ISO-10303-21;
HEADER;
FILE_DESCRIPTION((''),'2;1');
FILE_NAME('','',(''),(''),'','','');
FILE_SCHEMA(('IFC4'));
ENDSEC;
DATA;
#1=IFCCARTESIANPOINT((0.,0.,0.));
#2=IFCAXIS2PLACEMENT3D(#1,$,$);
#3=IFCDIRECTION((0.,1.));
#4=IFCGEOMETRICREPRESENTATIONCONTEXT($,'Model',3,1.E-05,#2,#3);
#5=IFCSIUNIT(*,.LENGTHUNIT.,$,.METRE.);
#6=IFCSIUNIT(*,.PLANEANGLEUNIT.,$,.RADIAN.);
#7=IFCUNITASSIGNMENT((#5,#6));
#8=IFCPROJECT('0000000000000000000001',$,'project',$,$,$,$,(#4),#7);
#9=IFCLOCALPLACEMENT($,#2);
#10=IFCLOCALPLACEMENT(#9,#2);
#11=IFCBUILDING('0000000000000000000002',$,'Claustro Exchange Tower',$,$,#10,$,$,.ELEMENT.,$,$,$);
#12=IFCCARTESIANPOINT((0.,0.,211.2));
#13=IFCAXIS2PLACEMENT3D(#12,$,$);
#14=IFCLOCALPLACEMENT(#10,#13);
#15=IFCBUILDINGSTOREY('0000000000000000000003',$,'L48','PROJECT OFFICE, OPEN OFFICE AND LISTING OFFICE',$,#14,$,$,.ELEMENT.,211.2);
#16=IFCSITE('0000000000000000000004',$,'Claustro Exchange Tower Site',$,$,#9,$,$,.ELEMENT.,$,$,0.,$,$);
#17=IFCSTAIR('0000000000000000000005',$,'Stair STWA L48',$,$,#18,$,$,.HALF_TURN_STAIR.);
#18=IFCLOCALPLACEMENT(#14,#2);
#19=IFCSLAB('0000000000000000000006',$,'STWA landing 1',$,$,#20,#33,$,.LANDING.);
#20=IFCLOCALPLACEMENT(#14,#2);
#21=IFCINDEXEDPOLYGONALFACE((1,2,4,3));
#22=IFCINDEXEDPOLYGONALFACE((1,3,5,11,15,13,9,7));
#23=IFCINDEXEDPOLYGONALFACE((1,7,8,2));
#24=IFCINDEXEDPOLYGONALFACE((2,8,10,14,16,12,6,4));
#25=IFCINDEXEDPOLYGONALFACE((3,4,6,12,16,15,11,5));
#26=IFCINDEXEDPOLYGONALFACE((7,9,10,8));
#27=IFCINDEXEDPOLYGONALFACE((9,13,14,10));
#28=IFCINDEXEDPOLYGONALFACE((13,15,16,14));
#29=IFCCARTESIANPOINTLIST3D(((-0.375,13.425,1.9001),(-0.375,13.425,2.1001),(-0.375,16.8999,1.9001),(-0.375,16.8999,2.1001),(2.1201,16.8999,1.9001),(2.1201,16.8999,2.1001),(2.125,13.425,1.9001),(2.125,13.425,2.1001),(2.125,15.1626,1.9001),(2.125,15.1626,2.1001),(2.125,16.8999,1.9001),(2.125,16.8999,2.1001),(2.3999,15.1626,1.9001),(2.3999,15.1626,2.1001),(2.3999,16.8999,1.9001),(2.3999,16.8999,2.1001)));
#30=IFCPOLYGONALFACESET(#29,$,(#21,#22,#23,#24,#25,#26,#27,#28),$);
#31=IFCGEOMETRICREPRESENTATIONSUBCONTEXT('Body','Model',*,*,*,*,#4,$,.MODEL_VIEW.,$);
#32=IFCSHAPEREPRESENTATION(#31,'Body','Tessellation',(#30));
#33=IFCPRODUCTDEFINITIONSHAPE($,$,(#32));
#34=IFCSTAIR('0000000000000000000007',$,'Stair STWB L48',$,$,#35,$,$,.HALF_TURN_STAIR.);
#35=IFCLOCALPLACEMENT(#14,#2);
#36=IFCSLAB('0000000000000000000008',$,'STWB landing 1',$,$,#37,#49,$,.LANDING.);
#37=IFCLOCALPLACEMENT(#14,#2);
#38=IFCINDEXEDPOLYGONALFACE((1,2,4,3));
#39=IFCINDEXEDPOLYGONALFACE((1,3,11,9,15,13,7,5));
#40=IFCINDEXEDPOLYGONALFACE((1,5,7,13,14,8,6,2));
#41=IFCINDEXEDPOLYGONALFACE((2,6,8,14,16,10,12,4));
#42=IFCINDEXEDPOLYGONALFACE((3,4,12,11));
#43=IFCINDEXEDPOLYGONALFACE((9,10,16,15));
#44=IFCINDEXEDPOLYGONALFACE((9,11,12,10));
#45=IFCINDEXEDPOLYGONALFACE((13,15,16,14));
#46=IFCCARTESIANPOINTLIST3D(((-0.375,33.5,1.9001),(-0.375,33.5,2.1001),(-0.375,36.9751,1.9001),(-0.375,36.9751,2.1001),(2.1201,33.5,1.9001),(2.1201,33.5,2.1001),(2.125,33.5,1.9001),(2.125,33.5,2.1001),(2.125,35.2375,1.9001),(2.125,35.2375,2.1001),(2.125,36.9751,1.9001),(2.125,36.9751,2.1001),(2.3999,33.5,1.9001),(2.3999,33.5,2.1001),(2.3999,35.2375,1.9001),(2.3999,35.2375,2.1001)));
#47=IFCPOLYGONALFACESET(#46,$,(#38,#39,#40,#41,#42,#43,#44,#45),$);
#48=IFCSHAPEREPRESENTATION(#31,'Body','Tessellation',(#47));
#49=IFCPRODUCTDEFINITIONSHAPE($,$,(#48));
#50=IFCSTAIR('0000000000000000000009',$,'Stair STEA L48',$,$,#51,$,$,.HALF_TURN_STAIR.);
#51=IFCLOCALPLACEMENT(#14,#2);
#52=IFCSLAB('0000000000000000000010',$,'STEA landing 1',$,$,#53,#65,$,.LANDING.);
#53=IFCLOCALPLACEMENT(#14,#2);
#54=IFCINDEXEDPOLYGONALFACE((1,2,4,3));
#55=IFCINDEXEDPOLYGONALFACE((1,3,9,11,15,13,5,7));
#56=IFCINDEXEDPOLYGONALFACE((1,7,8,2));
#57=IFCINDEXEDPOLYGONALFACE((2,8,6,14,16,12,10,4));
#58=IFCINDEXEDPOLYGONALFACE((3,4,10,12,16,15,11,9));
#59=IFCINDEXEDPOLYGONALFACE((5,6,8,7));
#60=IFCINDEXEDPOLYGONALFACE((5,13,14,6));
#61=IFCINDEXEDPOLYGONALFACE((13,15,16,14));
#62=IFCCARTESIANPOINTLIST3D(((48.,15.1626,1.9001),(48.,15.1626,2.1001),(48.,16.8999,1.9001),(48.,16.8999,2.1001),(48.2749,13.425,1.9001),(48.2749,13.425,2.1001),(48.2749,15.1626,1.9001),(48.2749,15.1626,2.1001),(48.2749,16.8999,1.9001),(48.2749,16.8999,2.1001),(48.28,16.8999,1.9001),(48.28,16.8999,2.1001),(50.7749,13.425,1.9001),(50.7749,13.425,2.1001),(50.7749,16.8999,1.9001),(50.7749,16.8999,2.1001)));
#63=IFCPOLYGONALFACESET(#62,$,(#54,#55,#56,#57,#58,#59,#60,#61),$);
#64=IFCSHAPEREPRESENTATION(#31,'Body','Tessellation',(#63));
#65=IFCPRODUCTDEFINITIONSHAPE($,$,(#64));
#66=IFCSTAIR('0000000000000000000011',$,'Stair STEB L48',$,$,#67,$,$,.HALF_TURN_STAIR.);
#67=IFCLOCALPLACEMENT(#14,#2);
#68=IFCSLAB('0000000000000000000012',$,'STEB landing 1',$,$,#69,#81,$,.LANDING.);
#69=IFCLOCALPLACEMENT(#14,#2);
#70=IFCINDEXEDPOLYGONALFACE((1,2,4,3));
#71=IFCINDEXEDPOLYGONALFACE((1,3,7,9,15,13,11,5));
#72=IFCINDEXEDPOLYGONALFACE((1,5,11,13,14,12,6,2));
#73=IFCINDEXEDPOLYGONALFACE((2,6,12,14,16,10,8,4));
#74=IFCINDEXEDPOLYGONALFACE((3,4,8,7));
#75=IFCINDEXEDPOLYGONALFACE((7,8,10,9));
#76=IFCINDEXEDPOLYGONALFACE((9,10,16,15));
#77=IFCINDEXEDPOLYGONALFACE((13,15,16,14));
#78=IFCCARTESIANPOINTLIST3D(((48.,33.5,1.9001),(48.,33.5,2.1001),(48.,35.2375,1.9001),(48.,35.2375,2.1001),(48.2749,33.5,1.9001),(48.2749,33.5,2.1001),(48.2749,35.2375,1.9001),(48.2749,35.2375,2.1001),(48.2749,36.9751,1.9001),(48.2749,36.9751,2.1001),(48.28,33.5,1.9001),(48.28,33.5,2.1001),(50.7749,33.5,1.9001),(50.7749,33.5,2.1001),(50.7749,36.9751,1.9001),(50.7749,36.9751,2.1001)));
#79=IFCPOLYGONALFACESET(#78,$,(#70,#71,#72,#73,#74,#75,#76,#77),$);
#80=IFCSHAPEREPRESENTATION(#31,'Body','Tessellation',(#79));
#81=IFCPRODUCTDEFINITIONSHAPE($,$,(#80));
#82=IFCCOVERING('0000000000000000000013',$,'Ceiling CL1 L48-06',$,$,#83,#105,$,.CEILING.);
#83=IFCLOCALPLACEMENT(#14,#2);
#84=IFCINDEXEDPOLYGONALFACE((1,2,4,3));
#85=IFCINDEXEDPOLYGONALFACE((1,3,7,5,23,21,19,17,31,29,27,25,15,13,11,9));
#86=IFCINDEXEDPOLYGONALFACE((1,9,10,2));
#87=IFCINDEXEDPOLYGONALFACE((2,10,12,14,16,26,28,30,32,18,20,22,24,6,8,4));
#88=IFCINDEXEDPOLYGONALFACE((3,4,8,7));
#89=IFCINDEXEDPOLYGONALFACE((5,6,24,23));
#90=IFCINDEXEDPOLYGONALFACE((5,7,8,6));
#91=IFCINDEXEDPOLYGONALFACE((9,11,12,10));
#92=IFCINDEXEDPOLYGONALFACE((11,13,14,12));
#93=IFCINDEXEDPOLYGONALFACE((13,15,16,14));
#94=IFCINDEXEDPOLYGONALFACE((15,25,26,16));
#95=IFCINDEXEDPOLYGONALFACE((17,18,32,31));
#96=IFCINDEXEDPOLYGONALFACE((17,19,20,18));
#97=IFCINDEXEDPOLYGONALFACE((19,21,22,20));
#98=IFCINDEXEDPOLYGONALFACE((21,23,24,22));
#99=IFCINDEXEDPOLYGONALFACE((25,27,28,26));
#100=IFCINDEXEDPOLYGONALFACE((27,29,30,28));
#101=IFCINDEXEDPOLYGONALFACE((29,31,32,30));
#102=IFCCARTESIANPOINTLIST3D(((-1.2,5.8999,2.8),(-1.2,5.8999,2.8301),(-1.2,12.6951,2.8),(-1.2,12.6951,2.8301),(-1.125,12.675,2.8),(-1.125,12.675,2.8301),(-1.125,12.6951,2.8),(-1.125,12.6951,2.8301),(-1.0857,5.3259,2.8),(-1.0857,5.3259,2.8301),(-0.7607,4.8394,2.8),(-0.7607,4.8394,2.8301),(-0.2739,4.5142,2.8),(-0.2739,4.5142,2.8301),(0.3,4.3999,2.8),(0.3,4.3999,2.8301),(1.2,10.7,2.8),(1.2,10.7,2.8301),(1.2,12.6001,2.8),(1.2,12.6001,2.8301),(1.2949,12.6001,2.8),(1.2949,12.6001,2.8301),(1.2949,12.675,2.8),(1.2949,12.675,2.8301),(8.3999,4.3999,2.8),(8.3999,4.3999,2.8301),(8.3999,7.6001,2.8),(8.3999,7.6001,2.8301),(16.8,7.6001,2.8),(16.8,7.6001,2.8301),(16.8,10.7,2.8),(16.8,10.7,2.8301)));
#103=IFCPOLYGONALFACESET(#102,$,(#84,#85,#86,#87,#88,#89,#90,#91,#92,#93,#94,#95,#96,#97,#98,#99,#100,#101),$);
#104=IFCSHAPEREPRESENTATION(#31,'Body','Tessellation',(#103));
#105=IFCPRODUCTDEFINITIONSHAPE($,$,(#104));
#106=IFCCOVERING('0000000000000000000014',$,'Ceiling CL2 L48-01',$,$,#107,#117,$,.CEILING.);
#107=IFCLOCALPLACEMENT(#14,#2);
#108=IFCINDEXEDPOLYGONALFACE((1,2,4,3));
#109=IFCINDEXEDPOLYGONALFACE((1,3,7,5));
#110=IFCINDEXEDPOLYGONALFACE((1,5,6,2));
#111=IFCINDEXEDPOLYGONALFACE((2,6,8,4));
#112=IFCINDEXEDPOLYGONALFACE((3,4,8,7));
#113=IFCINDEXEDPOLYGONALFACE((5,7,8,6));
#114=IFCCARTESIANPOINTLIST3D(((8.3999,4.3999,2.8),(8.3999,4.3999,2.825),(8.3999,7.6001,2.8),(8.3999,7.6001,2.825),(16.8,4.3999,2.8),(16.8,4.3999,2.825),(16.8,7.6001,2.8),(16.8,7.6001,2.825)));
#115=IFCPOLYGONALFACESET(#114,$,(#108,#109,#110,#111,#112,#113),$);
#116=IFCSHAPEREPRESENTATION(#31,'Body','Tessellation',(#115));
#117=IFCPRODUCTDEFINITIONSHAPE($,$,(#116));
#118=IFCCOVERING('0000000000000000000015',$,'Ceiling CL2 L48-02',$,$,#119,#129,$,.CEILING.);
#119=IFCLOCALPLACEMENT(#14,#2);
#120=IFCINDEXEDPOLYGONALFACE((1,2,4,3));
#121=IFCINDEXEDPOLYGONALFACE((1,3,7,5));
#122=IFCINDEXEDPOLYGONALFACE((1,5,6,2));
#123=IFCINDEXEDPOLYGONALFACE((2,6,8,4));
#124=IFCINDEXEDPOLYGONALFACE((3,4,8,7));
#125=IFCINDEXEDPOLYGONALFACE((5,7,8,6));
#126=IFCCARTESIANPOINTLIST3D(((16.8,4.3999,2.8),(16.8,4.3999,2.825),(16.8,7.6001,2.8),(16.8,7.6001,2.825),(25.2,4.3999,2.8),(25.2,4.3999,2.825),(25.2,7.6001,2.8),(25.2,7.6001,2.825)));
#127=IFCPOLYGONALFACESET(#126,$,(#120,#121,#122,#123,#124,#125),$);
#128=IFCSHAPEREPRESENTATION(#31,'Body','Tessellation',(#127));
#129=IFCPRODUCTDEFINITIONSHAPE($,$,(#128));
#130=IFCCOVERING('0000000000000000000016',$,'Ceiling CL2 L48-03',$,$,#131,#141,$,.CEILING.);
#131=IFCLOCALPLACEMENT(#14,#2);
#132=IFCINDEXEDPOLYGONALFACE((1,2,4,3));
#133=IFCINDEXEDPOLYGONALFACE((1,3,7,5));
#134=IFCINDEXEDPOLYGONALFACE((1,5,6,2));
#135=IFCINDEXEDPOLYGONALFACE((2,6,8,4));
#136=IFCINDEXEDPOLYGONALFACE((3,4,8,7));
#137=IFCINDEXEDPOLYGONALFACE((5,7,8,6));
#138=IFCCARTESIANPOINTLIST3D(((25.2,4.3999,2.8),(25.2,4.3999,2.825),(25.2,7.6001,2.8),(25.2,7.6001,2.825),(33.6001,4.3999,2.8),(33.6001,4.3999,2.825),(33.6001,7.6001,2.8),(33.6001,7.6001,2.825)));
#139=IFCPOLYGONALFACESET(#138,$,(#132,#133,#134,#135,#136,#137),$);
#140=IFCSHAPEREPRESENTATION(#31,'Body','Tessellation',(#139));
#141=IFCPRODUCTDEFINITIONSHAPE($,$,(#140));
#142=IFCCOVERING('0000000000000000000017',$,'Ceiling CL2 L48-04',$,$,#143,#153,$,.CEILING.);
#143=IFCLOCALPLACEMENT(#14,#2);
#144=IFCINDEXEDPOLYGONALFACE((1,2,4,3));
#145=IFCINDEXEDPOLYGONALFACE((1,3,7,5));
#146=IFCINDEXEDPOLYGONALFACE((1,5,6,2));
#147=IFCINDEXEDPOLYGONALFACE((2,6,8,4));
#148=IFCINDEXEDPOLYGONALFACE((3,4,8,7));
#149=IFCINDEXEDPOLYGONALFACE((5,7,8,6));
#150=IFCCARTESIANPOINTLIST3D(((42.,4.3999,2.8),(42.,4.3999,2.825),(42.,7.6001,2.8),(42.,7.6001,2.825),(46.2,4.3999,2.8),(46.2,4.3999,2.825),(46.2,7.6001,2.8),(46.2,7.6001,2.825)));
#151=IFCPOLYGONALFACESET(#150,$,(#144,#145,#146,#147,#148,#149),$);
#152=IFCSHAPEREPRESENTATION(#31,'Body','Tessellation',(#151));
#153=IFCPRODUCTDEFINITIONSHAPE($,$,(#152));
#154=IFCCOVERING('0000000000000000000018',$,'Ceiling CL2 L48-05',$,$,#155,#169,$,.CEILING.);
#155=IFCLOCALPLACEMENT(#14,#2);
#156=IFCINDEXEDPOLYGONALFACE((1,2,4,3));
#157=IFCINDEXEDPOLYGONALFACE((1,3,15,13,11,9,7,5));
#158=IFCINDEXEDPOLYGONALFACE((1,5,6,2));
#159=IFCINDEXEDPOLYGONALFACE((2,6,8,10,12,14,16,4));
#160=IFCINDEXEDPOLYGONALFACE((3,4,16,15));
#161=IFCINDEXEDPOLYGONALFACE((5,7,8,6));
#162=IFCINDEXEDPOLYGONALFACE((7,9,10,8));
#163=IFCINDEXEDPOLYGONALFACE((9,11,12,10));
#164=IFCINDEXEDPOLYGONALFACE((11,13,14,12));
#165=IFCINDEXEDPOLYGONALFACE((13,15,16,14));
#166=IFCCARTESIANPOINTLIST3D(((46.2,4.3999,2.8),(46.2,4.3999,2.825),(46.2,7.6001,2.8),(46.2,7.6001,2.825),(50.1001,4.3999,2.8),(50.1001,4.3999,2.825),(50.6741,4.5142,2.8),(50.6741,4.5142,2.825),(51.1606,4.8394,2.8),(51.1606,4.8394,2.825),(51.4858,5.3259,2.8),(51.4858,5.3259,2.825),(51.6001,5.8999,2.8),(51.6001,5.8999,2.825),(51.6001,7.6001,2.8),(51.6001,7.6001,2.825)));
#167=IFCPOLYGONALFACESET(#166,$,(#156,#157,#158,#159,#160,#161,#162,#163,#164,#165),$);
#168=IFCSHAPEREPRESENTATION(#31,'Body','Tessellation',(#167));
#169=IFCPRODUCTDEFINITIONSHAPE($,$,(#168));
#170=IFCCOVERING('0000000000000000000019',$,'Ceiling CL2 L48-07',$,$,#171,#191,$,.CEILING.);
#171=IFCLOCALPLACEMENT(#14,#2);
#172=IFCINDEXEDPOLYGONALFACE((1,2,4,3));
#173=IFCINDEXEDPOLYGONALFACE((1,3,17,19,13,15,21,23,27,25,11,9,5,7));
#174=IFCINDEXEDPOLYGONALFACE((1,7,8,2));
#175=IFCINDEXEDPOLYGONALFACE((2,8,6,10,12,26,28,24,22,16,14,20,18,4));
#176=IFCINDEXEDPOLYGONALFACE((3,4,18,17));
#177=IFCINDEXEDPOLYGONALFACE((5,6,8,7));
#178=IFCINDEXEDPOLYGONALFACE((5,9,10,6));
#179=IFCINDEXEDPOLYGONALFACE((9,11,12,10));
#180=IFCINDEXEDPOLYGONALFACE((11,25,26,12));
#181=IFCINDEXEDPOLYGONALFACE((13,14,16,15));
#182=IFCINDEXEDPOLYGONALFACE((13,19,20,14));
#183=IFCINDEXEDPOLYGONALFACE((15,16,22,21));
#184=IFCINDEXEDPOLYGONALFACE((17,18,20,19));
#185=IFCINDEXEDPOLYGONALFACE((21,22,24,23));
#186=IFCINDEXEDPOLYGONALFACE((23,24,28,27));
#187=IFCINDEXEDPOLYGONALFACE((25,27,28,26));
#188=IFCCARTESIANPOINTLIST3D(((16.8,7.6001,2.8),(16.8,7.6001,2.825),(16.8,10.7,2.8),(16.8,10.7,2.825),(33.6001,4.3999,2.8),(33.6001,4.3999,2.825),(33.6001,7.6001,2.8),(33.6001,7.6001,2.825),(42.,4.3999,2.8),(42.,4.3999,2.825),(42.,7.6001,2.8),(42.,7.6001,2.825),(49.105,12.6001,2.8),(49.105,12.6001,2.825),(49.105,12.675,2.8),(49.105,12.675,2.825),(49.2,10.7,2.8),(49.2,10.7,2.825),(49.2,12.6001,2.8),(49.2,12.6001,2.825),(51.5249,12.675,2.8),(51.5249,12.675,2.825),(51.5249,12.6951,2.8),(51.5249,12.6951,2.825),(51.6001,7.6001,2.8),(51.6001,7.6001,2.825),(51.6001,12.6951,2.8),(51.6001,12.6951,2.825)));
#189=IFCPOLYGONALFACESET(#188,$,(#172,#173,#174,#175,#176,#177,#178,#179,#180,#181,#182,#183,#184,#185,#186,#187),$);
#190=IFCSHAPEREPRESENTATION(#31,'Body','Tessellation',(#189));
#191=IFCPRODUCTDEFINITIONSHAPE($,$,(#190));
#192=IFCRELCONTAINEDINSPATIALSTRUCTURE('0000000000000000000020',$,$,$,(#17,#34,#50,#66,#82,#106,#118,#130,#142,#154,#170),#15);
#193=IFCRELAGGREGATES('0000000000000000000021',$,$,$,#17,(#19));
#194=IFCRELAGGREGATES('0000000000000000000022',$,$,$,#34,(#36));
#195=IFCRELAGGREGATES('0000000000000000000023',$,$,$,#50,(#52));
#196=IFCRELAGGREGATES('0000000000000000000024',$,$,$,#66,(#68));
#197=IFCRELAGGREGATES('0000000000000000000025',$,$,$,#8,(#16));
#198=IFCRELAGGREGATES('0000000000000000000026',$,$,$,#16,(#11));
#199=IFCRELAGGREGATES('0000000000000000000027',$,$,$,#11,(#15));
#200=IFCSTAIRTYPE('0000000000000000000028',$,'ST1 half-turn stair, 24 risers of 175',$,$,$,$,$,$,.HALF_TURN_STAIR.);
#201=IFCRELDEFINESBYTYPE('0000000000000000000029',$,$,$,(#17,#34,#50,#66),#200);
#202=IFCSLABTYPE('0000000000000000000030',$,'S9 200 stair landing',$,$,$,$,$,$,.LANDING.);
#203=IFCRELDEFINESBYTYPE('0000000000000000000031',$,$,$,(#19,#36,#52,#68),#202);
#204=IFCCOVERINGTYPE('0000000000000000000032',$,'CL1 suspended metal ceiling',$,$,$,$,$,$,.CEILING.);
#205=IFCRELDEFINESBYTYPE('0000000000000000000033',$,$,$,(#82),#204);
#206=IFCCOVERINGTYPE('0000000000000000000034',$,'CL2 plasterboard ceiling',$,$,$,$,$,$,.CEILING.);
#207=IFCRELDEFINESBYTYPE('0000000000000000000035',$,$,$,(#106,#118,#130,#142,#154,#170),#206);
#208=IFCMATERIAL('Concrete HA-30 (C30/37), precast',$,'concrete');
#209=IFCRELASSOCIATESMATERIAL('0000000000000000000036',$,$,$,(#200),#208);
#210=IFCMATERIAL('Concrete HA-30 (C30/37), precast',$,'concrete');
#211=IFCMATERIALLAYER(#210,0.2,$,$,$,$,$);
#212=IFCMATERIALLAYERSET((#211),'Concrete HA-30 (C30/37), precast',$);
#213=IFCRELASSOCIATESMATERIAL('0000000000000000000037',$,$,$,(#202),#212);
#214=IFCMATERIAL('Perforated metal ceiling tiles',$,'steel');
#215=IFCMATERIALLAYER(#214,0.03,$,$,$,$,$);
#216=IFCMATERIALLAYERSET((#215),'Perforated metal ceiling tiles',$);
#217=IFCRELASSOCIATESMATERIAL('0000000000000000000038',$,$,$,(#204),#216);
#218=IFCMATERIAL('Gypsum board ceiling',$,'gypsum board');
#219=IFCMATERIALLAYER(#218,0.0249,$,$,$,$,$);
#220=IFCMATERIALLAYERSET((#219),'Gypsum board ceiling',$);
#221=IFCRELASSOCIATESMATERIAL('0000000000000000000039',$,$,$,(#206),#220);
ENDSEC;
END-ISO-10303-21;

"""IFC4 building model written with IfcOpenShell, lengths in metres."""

from ifc_helpers import new_model, si_unit, direction, frame, origin, place, context, subcontext, project, spatial, polyline, outline, extrude, material, layer, layer_set, type_object, element, aggregate, save


model = new_model("IFC4")

# Units and contexts
model_context = context("Model", 3, precision=1e-05, world=origin(), true_north=direction((0.0, 1.0)))
body_context = subcontext(model_context, "Body", "Model", "MODEL_VIEW")
ifc_project = project(units=[si_unit("LENGTHUNIT", "METRE"), si_unit("PLANEANGLEUNIT", "RADIAN")], contexts=[model_context])

# Site, building, storey
site_placement = place(None, origin())
site = spatial("IfcSite", under=ifc_project, at=site_placement, Name="Claustro Exchange Tower Site", CompositionType="ELEMENT", RefElevation=0.0)
building_placement = place(site_placement, origin())
building = spatial("IfcBuilding", under=site, at=building_placement, Name="Claustro Exchange Tower", CompositionType="ELEMENT")
storey_placement = place(building_placement, frame((0.0, 0.0, 211.2)))
storey = spatial("IfcBuildingStorey", under=building, at=storey_placement, Name="L48", Description="PROJECT OFFICE, OPEN OFFICE AND LISTING OFFICE", CompositionType="ELEMENT", Elevation=211.2)

# Stairs, slabs
ifc_material_1 = material(Name="Concrete HA-30 (C30/37), precast", Category="concrete")
stair_type = type_object("IfcStairType", Name="ST1 half-turn stair, 24 risers of 175", PredefinedType="HALF_TURN_STAIR", material=ifc_material_1)
stair_1_placement = place(storey_placement, origin())
stair_1 = element("IfcStair", 1, at=stair_1_placement, inside=storey, type_object=stair_type, Name="Stair STWA L48", PredefinedType="HALF_TURN_STAIR")
ifc_material_2 = material(Name="Concrete HA-30 (C30/37), precast", Category="concrete")
ifc_layer_1 = layer(ifc_material_2, 0.2)
ifc_layer_set_1 = layer_set([ifc_layer_1], Name="Concrete HA-30 (C30/37), precast")
slab_type_1 = type_object("IfcSlabType", Name="S9 200 stair landing", PredefinedType="LANDING", material=ifc_layer_set_1)
slab_1_placement = place(storey_placement, frame((0.0, 0.0, 1.9001)))
slab_1 = element("IfcSlab", 2, at=slab_1_placement, type_object=slab_type_1, Name="STWA landing 1", PredefinedType="LANDING", context=body_context, shape_type="SweptSolid", body=[
    extrude(outline(polyline([(2.125, 13.425), (-0.375, 13.425), (-0.375, 16.8999), (2.1201, 16.8999), (2.125, 16.8999), (2.3999, 16.8999), (2.3999, 15.1626), (2.125, 15.1626), (2.125, 13.425)])), origin(), (0.0, 0.0, 1.0), 0.2),
])
aggregate(stair_1, [slab_1])
stair_2_placement = place(storey_placement, origin())
stair_2 = element("IfcStair", 3, at=stair_2_placement, inside=storey, type_object=stair_type, Name="Stair STWB L48", PredefinedType="HALF_TURN_STAIR")
slab_2_placement = place(storey_placement, frame((0.0, 0.0, 1.9001)))
slab_2 = element("IfcSlab", 4, at=slab_2_placement, type_object=slab_type_1, Name="STWB landing 1", PredefinedType="LANDING", context=body_context, shape_type="SweptSolid", body=[
    extrude(outline(polyline([(2.3999, 35.2375), (2.3999, 33.5), (2.125, 33.5), (2.1201, 33.5), (-0.375, 33.5), (-0.375, 36.9751), (2.125, 36.9751), (2.125, 35.2375), (2.3999, 35.2375)])), origin(), (0.0, 0.0, 1.0), 0.2),
])
aggregate(stair_2, [slab_2])
stair_3_placement = place(storey_placement, origin())
stair_3 = element("IfcStair", 5, at=stair_3_placement, inside=storey, type_object=stair_type, Name="Stair STEA L48", PredefinedType="HALF_TURN_STAIR")
slab_3_placement = place(storey_placement, frame((0.0, 0.0, 1.9001)))
slab_3 = element("IfcSlab", 6, at=slab_3_placement, type_object=slab_type_1, Name="STEA landing 1", PredefinedType="LANDING", context=body_context, shape_type="SweptSolid", body=[
    extrude(outline(polyline([(50.7749, 16.8999), (50.7749, 13.425), (48.2749, 13.425), (48.2749, 15.1626), (48.0, 15.1626), (48.0, 16.8999), (48.2749, 16.8999), (48.28, 16.8999), (50.7749, 16.8999)])), origin(), (0.0, 0.0, 1.0), 0.2),
])
aggregate(stair_3, [slab_3])
stair_4_placement = place(storey_placement, origin())
stair_4 = element("IfcStair", 7, at=stair_4_placement, inside=storey, type_object=stair_type, Name="Stair STEB L48", PredefinedType="HALF_TURN_STAIR")
slab_4_placement = place(storey_placement, frame((0.0, 0.0, 1.9001)))
slab_4 = element("IfcSlab", 8, at=slab_4_placement, type_object=slab_type_1, Name="STEB landing 1", PredefinedType="LANDING", context=body_context, shape_type="SweptSolid", body=[
    extrude(outline(polyline([(48.0, 33.5), (48.0, 35.2375), (48.2749, 35.2375), (48.2749, 36.9751), (50.7749, 36.9751), (50.7749, 33.5), (48.28, 33.5), (48.2749, 33.5), (48.0, 33.5)])), origin(), (0.0, 0.0, 1.0), 0.2),
])
aggregate(stair_4, [slab_4])

# Coverings
ifc_material_3 = material(Name="Perforated metal ceiling tiles", Category="steel")
ifc_layer_2 = layer(ifc_material_3, 0.03)
ifc_layer_set_2 = layer_set([ifc_layer_2], Name="Perforated metal ceiling tiles")
covering_type_1 = type_object("IfcCoveringType", Name="CL1 suspended metal ceiling", PredefinedType="CEILING", material=ifc_layer_set_2)
covering_1_placement = place(storey_placement, frame((0.0, 0.0, 2.8)))
element("IfcCovering", 9, at=covering_1_placement, inside=storey, type_object=covering_type_1, Name="Ceiling CL1 L48-06", PredefinedType="CEILING", context=body_context, shape_type="SweptSolid", body=[
    extrude(outline(polyline([(-1.2, 12.6951), (-1.2, 5.8999), (-1.0857, 5.3259), (-0.7607, 4.8394), (-0.2739, 4.5142), (0.3, 4.3999), (8.3999, 4.3999), (8.3999, 7.6001), (16.8, 7.6001), (16.8, 10.7), (1.2, 10.7), (1.2, 12.6001), (1.2949, 12.6001), (1.2949, 12.675), (-1.125, 12.675), (-1.125, 12.6951), (-1.2, 12.6951)])), origin(), (0.0, 0.0, 1.0), 0.03),
])
ifc_material_4 = material(Name="Gypsum board ceiling", Category="gypsum board")
ifc_layer_3 = layer(ifc_material_4, 0.0249)
ifc_layer_set_3 = layer_set([ifc_layer_3], Name="Gypsum board ceiling")
covering_type_2 = type_object("IfcCoveringType", Name="CL2 plasterboard ceiling", PredefinedType="CEILING", material=ifc_layer_set_3)
covering_2_placement = place(storey_placement, frame((0.0, 0.0, 2.8)))
element("IfcCovering", 10, at=covering_2_placement, inside=storey, type_object=covering_type_2, Name="Ceiling CL2 L48-01", PredefinedType="CEILING", context=body_context, shape_type="SweptSolid", body=[
    extrude(outline(polyline([(8.3999, 4.3999), (16.8, 4.3999), (16.8, 7.6001), (8.3999, 7.6001), (8.3999, 4.3999)])), origin(), (0.0, 0.0, 1.0), 0.0249),
])
covering_3_placement = place(storey_placement, frame((0.0, 0.0, 2.8)))
element("IfcCovering", 11, at=covering_3_placement, inside=storey, type_object=covering_type_2, Name="Ceiling CL2 L48-02", PredefinedType="CEILING", context=body_context, shape_type="SweptSolid", body=[
    extrude(outline(polyline([(16.8, 4.3999), (25.2, 4.3999), (25.2, 7.6001), (16.8, 7.6001), (16.8, 4.3999)])), origin(), (0.0, 0.0, 1.0), 0.0249),
])
covering_4_placement = place(storey_placement, frame((0.0, 0.0, 2.8)))
element("IfcCovering", 12, at=covering_4_placement, inside=storey, type_object=covering_type_2, Name="Ceiling CL2 L48-03", PredefinedType="CEILING", context=body_context, shape_type="SweptSolid", body=[
    extrude(outline(polyline([(25.2, 4.3999), (33.6001, 4.3999), (33.6001, 7.6001), (25.2, 7.6001), (25.2, 4.3999)])), origin(), (0.0, 0.0, 1.0), 0.0249),
])
covering_5_placement = place(storey_placement, frame((0.0, 0.0, 2.8)))
element("IfcCovering", 13, at=covering_5_placement, inside=storey, type_object=covering_type_2, Name="Ceiling CL2 L48-04", PredefinedType="CEILING", context=body_context, shape_type="SweptSolid", body=[
    extrude(outline(polyline([(42.0, 4.3999), (46.2, 4.3999), (46.2, 7.6001), (42.0, 7.6001), (42.0, 4.3999)])), origin(), (0.0, 0.0, 1.0), 0.0249),
])
covering_6_placement = place(storey_placement, frame((0.0, 0.0, 2.8)))
element("IfcCovering", 14, at=covering_6_placement, inside=storey, type_object=covering_type_2, Name="Ceiling CL2 L48-05", PredefinedType="CEILING", context=body_context, shape_type="SweptSolid", body=[
    extrude(outline(polyline([(51.6001, 5.8999), (51.6001, 7.6001), (46.2, 7.6001), (46.2, 4.3999), (50.1001, 4.3999), (50.6741, 4.5142), (51.1606, 4.8394), (51.4858, 5.3259), (51.6001, 5.8999)])), origin(), (0.0, 0.0, 1.0), 0.0249),
])
covering_7_placement = place(storey_placement, frame((0.0, 0.0, 2.8)))
element("IfcCovering", 15, at=covering_7_placement, inside=storey, type_object=covering_type_2, Name="Ceiling CL2 L48-07", PredefinedType="CEILING", context=body_context, shape_type="SweptSolid", body=[
    extrude(outline(polyline([(51.6001, 7.6001), (51.6001, 12.6951), (51.5249, 12.6951), (51.5249, 12.675), (49.105, 12.675), (49.105, 12.6001), (49.2, 12.6001), (49.2, 10.7), (16.8, 10.7), (16.8, 7.6001), (33.6001, 7.6001), (33.6001, 4.3999), (42.0, 4.3999), (42.0, 7.6001), (51.6001, 7.6001)])), origin(), (0.0, 0.0, 1.0), 0.0249),
])

save(model, "model.ifc")
